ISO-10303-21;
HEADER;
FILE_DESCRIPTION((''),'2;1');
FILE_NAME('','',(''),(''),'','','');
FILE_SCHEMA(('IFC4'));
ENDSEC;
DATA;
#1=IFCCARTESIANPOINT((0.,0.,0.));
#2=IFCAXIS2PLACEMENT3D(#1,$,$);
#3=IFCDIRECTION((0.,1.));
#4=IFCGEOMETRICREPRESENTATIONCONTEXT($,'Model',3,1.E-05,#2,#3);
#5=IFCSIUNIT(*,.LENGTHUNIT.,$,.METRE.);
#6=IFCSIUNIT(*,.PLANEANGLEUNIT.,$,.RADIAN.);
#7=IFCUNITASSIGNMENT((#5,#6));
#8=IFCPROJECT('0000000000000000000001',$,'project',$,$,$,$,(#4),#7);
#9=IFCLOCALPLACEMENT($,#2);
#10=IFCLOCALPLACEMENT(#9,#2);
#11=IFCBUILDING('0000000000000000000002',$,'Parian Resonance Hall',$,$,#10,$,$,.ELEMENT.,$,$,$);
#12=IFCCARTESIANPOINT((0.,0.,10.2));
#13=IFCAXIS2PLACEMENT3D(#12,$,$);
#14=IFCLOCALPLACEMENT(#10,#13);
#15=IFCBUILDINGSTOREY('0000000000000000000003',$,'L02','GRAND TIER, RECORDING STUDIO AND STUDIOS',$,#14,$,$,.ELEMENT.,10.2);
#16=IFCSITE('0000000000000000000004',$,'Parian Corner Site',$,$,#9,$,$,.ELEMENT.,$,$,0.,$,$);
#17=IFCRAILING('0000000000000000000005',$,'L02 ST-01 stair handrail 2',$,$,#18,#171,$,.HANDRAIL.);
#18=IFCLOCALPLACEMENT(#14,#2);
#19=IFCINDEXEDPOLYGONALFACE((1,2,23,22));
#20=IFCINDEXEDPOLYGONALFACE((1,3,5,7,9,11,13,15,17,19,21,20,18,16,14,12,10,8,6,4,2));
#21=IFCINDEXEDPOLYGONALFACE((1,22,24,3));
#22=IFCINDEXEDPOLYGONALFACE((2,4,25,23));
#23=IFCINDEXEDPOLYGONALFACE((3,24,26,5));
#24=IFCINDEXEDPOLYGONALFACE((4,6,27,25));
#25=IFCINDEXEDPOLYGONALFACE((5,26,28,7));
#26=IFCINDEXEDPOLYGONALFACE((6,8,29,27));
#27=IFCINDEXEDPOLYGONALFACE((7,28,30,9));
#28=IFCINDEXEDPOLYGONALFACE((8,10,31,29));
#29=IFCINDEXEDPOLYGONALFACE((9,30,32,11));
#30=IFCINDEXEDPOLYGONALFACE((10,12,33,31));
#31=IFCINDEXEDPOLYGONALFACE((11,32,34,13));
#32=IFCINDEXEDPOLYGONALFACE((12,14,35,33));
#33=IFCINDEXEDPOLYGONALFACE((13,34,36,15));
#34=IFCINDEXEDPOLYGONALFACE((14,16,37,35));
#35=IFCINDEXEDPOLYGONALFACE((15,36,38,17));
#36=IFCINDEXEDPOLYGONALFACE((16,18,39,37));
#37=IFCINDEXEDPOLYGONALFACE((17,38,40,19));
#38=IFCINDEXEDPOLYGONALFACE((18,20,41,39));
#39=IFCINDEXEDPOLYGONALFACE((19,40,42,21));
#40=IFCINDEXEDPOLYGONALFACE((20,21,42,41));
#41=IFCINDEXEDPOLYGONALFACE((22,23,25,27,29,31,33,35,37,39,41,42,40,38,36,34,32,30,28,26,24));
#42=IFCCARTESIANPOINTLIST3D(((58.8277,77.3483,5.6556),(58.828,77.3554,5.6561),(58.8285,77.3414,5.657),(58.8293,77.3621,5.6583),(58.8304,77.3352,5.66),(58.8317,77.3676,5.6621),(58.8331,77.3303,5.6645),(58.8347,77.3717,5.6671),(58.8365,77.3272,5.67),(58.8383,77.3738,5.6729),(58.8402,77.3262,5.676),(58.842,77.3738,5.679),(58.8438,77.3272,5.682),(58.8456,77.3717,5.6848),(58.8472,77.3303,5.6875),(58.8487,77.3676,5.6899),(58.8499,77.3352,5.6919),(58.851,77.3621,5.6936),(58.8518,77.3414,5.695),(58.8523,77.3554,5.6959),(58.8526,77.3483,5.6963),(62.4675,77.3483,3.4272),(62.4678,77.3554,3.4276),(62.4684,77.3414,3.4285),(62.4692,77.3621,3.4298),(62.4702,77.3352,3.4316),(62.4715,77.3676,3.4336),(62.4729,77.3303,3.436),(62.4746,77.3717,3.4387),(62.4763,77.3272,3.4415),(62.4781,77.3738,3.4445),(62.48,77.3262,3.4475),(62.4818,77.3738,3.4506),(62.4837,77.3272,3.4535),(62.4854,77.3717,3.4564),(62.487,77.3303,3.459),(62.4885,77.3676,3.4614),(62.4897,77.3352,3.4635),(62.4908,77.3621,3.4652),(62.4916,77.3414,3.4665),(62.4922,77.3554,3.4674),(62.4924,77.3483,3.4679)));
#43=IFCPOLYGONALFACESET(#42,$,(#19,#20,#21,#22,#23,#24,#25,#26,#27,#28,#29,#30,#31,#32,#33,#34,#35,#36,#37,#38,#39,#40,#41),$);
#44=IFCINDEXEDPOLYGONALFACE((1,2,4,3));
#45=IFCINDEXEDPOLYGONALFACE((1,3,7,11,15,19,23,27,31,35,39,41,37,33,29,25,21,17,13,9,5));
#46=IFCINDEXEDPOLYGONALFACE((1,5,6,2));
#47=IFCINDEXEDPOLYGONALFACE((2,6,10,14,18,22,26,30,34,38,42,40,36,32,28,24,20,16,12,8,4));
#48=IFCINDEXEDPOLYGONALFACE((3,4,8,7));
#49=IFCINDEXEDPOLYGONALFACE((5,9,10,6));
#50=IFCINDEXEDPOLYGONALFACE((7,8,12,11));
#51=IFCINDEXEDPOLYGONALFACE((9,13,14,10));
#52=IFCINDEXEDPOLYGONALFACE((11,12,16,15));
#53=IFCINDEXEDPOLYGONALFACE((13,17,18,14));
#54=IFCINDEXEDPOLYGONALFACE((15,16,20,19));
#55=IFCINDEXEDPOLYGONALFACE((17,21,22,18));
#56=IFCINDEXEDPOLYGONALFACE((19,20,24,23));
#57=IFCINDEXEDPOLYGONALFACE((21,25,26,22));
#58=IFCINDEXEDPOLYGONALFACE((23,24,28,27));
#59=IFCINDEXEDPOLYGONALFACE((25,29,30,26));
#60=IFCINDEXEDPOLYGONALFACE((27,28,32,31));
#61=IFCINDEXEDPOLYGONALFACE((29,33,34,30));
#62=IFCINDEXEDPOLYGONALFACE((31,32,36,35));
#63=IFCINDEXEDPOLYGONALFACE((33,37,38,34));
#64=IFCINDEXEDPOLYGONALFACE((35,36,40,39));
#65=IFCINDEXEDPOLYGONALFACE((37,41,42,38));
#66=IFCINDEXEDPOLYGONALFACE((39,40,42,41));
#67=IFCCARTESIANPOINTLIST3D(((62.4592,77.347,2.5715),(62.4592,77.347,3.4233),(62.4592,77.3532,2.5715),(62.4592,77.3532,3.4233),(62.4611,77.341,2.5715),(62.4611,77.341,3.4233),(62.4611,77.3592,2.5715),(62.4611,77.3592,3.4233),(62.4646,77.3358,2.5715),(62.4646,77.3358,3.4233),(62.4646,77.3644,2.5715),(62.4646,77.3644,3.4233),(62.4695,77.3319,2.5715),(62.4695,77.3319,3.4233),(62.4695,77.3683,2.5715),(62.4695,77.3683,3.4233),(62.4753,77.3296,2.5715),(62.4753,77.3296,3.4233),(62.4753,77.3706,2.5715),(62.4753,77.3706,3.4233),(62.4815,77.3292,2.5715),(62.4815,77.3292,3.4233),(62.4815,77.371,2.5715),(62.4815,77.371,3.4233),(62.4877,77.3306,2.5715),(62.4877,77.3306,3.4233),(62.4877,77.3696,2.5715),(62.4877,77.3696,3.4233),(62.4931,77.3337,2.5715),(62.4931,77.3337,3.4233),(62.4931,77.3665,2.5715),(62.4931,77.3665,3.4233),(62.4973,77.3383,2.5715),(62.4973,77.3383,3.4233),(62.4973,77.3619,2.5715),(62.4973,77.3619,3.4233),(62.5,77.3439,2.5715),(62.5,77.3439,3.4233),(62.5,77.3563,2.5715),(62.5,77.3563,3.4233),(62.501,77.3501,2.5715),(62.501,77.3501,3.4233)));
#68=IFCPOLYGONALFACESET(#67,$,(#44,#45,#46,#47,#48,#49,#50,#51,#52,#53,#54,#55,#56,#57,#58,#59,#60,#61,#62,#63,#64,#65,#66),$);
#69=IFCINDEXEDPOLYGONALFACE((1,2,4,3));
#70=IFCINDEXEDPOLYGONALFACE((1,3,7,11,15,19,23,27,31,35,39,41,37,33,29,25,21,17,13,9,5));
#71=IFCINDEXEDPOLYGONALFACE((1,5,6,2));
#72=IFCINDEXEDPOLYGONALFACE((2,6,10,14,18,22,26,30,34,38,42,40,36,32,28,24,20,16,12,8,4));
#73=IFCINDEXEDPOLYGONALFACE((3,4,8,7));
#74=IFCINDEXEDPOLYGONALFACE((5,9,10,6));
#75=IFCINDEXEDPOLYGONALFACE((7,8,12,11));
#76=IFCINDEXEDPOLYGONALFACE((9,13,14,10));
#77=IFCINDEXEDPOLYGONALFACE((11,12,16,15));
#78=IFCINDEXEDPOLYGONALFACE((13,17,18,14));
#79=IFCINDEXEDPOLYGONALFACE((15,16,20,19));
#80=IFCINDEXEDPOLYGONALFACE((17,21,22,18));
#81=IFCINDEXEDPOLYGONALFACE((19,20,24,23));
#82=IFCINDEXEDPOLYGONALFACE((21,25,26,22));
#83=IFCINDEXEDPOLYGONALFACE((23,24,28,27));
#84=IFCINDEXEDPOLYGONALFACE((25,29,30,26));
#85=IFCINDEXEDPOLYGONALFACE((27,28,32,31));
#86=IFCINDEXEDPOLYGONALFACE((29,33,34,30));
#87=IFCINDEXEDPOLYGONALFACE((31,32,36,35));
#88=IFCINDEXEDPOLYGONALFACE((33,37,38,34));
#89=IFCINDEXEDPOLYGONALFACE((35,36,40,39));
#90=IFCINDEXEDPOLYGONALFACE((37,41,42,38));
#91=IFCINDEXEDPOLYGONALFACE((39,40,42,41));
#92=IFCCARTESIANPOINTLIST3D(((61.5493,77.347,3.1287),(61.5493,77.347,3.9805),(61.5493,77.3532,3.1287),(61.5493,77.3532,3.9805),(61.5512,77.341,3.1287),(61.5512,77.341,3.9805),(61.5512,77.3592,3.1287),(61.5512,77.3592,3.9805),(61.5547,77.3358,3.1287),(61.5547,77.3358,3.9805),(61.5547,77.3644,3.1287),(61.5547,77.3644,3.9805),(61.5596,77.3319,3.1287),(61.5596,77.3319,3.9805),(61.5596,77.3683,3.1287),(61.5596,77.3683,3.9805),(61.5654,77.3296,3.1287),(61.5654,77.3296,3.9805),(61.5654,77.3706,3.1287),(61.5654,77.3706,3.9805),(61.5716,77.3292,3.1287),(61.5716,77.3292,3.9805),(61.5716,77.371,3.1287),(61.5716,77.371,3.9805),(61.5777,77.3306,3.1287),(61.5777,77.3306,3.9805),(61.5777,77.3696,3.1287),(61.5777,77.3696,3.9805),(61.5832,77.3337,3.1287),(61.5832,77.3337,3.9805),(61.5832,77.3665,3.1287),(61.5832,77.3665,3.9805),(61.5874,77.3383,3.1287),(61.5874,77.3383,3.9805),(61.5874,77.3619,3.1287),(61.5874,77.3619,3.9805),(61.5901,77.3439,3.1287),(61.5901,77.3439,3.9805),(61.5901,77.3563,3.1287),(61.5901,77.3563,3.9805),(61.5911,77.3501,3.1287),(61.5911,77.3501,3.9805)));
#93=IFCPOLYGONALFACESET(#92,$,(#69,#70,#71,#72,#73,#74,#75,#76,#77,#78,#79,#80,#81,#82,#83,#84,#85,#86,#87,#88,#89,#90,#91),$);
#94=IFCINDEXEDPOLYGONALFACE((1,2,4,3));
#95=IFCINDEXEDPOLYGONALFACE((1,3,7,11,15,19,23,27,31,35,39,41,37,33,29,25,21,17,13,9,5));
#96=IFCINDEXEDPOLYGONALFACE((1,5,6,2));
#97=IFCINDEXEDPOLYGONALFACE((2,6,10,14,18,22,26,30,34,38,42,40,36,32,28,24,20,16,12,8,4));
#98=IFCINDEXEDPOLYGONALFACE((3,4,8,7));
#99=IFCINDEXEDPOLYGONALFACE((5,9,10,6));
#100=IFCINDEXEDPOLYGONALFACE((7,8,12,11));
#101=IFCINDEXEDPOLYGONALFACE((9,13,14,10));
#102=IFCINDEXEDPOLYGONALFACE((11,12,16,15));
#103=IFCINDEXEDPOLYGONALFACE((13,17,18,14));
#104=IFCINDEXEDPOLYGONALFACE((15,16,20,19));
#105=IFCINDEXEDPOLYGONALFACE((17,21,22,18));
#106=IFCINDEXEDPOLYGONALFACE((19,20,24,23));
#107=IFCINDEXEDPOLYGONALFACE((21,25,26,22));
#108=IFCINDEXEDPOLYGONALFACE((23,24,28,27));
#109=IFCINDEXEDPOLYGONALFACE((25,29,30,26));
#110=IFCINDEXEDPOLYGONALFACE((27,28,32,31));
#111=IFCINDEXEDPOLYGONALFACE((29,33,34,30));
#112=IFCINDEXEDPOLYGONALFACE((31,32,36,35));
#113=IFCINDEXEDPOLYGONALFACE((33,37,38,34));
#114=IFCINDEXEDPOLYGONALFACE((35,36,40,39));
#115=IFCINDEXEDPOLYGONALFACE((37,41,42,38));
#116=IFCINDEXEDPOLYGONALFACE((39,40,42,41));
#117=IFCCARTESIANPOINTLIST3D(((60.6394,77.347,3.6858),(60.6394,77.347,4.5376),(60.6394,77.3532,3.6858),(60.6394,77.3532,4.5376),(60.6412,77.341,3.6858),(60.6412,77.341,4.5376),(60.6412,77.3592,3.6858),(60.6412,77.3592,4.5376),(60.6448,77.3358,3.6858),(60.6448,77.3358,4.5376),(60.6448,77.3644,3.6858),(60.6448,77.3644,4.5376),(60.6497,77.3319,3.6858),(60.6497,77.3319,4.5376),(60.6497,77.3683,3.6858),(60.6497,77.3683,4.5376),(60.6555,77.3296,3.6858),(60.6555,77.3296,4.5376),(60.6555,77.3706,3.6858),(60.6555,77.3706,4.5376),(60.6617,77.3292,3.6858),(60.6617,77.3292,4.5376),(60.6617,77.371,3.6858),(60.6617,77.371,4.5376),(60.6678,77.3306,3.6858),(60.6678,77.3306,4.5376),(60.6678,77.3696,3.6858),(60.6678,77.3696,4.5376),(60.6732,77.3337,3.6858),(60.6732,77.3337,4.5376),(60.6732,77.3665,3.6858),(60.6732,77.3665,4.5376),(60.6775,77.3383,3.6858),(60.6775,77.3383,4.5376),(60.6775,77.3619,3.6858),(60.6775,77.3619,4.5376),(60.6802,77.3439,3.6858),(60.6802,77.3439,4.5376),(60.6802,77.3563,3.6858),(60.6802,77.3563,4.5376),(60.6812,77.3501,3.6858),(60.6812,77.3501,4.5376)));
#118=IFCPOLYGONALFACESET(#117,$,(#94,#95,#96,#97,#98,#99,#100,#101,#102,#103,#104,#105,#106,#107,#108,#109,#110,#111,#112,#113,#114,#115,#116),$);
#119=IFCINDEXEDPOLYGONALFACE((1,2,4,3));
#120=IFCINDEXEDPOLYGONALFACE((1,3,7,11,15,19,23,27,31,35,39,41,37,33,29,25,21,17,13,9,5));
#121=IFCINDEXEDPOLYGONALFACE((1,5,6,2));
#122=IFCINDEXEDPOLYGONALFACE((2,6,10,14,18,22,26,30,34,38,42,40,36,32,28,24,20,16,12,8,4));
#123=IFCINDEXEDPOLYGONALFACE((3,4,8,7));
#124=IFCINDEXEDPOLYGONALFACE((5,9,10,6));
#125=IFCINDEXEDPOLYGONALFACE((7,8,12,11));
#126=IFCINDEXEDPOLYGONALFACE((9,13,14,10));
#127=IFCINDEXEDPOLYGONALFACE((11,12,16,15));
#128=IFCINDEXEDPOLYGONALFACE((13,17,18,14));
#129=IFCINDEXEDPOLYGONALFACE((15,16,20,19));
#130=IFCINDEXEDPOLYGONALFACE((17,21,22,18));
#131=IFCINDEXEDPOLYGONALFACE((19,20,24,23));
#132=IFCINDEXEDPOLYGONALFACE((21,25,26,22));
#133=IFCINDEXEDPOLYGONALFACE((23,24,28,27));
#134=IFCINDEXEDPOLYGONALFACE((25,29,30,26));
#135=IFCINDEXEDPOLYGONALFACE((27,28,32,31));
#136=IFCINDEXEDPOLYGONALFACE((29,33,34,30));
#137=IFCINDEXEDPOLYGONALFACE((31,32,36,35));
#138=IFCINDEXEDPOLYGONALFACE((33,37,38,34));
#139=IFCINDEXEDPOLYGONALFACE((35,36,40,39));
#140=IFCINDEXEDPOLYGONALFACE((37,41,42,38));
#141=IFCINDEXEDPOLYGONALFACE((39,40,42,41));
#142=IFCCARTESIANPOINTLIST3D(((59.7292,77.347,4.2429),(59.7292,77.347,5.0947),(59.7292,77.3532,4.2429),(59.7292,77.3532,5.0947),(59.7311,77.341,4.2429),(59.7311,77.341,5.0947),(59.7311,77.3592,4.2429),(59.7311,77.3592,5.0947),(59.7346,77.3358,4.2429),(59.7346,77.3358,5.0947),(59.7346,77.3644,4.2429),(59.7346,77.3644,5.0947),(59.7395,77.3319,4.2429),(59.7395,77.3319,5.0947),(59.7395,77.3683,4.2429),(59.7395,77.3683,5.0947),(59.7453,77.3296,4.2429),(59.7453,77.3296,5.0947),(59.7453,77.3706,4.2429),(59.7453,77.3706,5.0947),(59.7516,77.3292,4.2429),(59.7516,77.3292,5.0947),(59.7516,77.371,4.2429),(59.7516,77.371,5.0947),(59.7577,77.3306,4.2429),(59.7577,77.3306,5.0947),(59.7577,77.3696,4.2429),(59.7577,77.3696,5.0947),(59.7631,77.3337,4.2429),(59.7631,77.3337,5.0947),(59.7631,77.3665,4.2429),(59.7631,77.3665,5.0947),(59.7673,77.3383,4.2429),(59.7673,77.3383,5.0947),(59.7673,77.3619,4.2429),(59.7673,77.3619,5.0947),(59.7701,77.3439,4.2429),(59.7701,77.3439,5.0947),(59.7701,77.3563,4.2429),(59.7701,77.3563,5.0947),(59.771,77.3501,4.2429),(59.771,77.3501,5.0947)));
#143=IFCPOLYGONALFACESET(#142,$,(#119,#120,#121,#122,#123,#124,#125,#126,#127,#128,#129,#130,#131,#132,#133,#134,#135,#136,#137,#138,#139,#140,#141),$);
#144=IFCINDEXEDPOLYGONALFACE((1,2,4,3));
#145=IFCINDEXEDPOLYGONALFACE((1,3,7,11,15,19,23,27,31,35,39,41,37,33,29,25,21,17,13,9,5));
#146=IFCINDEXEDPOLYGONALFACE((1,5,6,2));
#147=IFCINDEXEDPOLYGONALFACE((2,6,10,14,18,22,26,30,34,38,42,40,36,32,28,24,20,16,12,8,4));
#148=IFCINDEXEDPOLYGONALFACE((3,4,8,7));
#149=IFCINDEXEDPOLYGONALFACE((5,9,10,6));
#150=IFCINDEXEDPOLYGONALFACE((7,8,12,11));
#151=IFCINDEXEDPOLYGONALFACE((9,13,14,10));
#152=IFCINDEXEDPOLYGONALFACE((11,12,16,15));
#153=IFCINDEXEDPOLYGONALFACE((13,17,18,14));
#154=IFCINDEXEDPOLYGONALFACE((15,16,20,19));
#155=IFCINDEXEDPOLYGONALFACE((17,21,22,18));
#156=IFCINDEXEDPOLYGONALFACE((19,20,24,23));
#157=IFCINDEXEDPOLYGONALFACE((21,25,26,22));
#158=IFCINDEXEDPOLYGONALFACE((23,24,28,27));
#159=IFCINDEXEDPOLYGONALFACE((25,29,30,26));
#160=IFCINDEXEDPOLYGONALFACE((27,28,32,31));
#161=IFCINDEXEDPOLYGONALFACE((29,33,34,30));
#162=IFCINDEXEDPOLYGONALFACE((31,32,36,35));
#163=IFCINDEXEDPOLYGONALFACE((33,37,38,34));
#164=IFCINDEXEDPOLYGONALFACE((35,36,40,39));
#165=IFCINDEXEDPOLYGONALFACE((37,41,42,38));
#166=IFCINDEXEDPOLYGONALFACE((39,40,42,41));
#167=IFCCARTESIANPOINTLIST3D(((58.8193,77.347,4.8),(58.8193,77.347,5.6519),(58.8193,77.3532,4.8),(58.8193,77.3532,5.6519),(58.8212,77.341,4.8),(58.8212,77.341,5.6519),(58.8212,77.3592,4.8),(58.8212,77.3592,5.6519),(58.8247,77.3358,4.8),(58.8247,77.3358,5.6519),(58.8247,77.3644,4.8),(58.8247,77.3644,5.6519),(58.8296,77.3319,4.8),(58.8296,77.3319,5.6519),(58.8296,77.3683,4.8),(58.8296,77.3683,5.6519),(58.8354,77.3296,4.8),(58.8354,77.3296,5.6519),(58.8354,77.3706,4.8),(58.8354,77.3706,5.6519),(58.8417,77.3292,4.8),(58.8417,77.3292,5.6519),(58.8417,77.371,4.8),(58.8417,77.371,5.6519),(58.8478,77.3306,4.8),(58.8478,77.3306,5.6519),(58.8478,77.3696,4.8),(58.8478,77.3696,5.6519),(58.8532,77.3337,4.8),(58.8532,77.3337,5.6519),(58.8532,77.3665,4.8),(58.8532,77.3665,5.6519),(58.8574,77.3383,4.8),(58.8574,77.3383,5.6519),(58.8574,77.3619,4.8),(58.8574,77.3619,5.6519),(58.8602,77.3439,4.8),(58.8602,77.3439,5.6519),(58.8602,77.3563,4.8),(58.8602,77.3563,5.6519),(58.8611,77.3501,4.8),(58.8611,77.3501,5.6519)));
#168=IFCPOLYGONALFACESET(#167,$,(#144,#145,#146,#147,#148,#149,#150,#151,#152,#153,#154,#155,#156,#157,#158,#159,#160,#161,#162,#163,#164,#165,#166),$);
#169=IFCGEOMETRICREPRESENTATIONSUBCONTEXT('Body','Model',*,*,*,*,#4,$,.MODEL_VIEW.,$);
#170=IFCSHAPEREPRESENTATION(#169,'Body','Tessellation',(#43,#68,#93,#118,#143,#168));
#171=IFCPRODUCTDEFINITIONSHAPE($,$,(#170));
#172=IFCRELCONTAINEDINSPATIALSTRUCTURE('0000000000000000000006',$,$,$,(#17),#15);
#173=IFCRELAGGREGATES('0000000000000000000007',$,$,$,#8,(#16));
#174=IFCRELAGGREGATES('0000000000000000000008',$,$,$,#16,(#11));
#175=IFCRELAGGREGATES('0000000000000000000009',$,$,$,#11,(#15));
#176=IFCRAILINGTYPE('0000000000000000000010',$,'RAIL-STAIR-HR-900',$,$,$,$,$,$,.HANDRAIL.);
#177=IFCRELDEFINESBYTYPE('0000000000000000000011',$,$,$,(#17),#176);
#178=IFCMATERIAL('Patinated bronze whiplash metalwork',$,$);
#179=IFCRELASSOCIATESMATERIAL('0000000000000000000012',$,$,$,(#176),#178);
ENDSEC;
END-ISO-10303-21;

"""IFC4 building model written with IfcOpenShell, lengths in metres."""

from ifc_helpers import new_model, si_unit, direction, frame, origin, origin_2d, place, context, subcontext, project, spatial, circle, extrude, material, type_object, element, save


model = new_model("IFC4")

# Units and contexts
model_context = context("Model", 3, precision=1e-05, world=origin(), true_north=direction((0.0, 1.0)))
body_context = subcontext(model_context, "Body", "Model", "MODEL_VIEW")
ifc_project = project(units=[si_unit("LENGTHUNIT", "METRE"), si_unit("PLANEANGLEUNIT", "RADIAN")], contexts=[model_context])

# Site, building, storey
site_placement = place(None, origin())
site = spatial("IfcSite", under=ifc_project, at=site_placement, Name="Parian Corner Site", CompositionType="ELEMENT", RefElevation=0.0)
building_placement = place(site_placement, origin())
building = spatial("IfcBuilding", under=site, at=building_placement, Name="Parian Resonance Hall", CompositionType="ELEMENT")
storey_placement = place(building_placement, frame((0.0, 0.0, 10.2)))
storey = spatial("IfcBuildingStorey", under=building, at=storey_placement, Name="L02", Description="GRAND TIER, RECORDING STUDIO AND STUDIOS", CompositionType="ELEMENT", Elevation=10.2)

# Railing
ifc_material_1 = material(Name="Patinated bronze whiplash metalwork")
railing_type_1 = type_object("IfcRailingType", Name="RAIL-STAIR-HR-900", PredefinedType="HANDRAIL", material=ifc_material_1)
railing_1_placement = place(storey_placement, frame((62.48, 77.3501, 2.5715)))
element("IfcRailing", 1, at=railing_1_placement, inside=storey, type_object=railing_type_1, Name="L02 ST-01 stair handrail 2", PredefinedType="HANDRAIL", context=body_context, shape_type="SweptSolid", body=[
    extrude(circle(Radius=0.0239, at=origin_2d()), frame((0.0, 0.0, 0.876), z_axis=(-0.85285, 0.0, 0.522156), x_axis=(0.0, -1.0, 0.0)), (0.0, 0.0, 1.0), 4.2678),
    extrude(circle(Radius=0.021, at=origin_2d()), origin(), (0.0, 0.0, 1.0), 0.8518),
    extrude(circle(Radius=0.021, at=origin_2d()), frame((-0.9099, 0.0, 0.5571)), (0.0, 0.0, 1.0), 0.8518),
    extrude(circle(Radius=0.021, at=origin_2d()), frame((-1.8198, 0.0, 1.1143)), (0.0, 0.0, 1.0), 0.8518),
    extrude(circle(Radius=0.021, at=origin_2d()), frame((-2.73, 0.0, 1.6714)), (0.0, 0.0, 1.0), 0.8518),
    extrude(circle(Radius=0.021, at=origin_2d()), frame((-3.6399, 0.0, 2.2285)), (0.0, 0.0, 1.0), 0.8518),
])

save(model, "model.ifc")
